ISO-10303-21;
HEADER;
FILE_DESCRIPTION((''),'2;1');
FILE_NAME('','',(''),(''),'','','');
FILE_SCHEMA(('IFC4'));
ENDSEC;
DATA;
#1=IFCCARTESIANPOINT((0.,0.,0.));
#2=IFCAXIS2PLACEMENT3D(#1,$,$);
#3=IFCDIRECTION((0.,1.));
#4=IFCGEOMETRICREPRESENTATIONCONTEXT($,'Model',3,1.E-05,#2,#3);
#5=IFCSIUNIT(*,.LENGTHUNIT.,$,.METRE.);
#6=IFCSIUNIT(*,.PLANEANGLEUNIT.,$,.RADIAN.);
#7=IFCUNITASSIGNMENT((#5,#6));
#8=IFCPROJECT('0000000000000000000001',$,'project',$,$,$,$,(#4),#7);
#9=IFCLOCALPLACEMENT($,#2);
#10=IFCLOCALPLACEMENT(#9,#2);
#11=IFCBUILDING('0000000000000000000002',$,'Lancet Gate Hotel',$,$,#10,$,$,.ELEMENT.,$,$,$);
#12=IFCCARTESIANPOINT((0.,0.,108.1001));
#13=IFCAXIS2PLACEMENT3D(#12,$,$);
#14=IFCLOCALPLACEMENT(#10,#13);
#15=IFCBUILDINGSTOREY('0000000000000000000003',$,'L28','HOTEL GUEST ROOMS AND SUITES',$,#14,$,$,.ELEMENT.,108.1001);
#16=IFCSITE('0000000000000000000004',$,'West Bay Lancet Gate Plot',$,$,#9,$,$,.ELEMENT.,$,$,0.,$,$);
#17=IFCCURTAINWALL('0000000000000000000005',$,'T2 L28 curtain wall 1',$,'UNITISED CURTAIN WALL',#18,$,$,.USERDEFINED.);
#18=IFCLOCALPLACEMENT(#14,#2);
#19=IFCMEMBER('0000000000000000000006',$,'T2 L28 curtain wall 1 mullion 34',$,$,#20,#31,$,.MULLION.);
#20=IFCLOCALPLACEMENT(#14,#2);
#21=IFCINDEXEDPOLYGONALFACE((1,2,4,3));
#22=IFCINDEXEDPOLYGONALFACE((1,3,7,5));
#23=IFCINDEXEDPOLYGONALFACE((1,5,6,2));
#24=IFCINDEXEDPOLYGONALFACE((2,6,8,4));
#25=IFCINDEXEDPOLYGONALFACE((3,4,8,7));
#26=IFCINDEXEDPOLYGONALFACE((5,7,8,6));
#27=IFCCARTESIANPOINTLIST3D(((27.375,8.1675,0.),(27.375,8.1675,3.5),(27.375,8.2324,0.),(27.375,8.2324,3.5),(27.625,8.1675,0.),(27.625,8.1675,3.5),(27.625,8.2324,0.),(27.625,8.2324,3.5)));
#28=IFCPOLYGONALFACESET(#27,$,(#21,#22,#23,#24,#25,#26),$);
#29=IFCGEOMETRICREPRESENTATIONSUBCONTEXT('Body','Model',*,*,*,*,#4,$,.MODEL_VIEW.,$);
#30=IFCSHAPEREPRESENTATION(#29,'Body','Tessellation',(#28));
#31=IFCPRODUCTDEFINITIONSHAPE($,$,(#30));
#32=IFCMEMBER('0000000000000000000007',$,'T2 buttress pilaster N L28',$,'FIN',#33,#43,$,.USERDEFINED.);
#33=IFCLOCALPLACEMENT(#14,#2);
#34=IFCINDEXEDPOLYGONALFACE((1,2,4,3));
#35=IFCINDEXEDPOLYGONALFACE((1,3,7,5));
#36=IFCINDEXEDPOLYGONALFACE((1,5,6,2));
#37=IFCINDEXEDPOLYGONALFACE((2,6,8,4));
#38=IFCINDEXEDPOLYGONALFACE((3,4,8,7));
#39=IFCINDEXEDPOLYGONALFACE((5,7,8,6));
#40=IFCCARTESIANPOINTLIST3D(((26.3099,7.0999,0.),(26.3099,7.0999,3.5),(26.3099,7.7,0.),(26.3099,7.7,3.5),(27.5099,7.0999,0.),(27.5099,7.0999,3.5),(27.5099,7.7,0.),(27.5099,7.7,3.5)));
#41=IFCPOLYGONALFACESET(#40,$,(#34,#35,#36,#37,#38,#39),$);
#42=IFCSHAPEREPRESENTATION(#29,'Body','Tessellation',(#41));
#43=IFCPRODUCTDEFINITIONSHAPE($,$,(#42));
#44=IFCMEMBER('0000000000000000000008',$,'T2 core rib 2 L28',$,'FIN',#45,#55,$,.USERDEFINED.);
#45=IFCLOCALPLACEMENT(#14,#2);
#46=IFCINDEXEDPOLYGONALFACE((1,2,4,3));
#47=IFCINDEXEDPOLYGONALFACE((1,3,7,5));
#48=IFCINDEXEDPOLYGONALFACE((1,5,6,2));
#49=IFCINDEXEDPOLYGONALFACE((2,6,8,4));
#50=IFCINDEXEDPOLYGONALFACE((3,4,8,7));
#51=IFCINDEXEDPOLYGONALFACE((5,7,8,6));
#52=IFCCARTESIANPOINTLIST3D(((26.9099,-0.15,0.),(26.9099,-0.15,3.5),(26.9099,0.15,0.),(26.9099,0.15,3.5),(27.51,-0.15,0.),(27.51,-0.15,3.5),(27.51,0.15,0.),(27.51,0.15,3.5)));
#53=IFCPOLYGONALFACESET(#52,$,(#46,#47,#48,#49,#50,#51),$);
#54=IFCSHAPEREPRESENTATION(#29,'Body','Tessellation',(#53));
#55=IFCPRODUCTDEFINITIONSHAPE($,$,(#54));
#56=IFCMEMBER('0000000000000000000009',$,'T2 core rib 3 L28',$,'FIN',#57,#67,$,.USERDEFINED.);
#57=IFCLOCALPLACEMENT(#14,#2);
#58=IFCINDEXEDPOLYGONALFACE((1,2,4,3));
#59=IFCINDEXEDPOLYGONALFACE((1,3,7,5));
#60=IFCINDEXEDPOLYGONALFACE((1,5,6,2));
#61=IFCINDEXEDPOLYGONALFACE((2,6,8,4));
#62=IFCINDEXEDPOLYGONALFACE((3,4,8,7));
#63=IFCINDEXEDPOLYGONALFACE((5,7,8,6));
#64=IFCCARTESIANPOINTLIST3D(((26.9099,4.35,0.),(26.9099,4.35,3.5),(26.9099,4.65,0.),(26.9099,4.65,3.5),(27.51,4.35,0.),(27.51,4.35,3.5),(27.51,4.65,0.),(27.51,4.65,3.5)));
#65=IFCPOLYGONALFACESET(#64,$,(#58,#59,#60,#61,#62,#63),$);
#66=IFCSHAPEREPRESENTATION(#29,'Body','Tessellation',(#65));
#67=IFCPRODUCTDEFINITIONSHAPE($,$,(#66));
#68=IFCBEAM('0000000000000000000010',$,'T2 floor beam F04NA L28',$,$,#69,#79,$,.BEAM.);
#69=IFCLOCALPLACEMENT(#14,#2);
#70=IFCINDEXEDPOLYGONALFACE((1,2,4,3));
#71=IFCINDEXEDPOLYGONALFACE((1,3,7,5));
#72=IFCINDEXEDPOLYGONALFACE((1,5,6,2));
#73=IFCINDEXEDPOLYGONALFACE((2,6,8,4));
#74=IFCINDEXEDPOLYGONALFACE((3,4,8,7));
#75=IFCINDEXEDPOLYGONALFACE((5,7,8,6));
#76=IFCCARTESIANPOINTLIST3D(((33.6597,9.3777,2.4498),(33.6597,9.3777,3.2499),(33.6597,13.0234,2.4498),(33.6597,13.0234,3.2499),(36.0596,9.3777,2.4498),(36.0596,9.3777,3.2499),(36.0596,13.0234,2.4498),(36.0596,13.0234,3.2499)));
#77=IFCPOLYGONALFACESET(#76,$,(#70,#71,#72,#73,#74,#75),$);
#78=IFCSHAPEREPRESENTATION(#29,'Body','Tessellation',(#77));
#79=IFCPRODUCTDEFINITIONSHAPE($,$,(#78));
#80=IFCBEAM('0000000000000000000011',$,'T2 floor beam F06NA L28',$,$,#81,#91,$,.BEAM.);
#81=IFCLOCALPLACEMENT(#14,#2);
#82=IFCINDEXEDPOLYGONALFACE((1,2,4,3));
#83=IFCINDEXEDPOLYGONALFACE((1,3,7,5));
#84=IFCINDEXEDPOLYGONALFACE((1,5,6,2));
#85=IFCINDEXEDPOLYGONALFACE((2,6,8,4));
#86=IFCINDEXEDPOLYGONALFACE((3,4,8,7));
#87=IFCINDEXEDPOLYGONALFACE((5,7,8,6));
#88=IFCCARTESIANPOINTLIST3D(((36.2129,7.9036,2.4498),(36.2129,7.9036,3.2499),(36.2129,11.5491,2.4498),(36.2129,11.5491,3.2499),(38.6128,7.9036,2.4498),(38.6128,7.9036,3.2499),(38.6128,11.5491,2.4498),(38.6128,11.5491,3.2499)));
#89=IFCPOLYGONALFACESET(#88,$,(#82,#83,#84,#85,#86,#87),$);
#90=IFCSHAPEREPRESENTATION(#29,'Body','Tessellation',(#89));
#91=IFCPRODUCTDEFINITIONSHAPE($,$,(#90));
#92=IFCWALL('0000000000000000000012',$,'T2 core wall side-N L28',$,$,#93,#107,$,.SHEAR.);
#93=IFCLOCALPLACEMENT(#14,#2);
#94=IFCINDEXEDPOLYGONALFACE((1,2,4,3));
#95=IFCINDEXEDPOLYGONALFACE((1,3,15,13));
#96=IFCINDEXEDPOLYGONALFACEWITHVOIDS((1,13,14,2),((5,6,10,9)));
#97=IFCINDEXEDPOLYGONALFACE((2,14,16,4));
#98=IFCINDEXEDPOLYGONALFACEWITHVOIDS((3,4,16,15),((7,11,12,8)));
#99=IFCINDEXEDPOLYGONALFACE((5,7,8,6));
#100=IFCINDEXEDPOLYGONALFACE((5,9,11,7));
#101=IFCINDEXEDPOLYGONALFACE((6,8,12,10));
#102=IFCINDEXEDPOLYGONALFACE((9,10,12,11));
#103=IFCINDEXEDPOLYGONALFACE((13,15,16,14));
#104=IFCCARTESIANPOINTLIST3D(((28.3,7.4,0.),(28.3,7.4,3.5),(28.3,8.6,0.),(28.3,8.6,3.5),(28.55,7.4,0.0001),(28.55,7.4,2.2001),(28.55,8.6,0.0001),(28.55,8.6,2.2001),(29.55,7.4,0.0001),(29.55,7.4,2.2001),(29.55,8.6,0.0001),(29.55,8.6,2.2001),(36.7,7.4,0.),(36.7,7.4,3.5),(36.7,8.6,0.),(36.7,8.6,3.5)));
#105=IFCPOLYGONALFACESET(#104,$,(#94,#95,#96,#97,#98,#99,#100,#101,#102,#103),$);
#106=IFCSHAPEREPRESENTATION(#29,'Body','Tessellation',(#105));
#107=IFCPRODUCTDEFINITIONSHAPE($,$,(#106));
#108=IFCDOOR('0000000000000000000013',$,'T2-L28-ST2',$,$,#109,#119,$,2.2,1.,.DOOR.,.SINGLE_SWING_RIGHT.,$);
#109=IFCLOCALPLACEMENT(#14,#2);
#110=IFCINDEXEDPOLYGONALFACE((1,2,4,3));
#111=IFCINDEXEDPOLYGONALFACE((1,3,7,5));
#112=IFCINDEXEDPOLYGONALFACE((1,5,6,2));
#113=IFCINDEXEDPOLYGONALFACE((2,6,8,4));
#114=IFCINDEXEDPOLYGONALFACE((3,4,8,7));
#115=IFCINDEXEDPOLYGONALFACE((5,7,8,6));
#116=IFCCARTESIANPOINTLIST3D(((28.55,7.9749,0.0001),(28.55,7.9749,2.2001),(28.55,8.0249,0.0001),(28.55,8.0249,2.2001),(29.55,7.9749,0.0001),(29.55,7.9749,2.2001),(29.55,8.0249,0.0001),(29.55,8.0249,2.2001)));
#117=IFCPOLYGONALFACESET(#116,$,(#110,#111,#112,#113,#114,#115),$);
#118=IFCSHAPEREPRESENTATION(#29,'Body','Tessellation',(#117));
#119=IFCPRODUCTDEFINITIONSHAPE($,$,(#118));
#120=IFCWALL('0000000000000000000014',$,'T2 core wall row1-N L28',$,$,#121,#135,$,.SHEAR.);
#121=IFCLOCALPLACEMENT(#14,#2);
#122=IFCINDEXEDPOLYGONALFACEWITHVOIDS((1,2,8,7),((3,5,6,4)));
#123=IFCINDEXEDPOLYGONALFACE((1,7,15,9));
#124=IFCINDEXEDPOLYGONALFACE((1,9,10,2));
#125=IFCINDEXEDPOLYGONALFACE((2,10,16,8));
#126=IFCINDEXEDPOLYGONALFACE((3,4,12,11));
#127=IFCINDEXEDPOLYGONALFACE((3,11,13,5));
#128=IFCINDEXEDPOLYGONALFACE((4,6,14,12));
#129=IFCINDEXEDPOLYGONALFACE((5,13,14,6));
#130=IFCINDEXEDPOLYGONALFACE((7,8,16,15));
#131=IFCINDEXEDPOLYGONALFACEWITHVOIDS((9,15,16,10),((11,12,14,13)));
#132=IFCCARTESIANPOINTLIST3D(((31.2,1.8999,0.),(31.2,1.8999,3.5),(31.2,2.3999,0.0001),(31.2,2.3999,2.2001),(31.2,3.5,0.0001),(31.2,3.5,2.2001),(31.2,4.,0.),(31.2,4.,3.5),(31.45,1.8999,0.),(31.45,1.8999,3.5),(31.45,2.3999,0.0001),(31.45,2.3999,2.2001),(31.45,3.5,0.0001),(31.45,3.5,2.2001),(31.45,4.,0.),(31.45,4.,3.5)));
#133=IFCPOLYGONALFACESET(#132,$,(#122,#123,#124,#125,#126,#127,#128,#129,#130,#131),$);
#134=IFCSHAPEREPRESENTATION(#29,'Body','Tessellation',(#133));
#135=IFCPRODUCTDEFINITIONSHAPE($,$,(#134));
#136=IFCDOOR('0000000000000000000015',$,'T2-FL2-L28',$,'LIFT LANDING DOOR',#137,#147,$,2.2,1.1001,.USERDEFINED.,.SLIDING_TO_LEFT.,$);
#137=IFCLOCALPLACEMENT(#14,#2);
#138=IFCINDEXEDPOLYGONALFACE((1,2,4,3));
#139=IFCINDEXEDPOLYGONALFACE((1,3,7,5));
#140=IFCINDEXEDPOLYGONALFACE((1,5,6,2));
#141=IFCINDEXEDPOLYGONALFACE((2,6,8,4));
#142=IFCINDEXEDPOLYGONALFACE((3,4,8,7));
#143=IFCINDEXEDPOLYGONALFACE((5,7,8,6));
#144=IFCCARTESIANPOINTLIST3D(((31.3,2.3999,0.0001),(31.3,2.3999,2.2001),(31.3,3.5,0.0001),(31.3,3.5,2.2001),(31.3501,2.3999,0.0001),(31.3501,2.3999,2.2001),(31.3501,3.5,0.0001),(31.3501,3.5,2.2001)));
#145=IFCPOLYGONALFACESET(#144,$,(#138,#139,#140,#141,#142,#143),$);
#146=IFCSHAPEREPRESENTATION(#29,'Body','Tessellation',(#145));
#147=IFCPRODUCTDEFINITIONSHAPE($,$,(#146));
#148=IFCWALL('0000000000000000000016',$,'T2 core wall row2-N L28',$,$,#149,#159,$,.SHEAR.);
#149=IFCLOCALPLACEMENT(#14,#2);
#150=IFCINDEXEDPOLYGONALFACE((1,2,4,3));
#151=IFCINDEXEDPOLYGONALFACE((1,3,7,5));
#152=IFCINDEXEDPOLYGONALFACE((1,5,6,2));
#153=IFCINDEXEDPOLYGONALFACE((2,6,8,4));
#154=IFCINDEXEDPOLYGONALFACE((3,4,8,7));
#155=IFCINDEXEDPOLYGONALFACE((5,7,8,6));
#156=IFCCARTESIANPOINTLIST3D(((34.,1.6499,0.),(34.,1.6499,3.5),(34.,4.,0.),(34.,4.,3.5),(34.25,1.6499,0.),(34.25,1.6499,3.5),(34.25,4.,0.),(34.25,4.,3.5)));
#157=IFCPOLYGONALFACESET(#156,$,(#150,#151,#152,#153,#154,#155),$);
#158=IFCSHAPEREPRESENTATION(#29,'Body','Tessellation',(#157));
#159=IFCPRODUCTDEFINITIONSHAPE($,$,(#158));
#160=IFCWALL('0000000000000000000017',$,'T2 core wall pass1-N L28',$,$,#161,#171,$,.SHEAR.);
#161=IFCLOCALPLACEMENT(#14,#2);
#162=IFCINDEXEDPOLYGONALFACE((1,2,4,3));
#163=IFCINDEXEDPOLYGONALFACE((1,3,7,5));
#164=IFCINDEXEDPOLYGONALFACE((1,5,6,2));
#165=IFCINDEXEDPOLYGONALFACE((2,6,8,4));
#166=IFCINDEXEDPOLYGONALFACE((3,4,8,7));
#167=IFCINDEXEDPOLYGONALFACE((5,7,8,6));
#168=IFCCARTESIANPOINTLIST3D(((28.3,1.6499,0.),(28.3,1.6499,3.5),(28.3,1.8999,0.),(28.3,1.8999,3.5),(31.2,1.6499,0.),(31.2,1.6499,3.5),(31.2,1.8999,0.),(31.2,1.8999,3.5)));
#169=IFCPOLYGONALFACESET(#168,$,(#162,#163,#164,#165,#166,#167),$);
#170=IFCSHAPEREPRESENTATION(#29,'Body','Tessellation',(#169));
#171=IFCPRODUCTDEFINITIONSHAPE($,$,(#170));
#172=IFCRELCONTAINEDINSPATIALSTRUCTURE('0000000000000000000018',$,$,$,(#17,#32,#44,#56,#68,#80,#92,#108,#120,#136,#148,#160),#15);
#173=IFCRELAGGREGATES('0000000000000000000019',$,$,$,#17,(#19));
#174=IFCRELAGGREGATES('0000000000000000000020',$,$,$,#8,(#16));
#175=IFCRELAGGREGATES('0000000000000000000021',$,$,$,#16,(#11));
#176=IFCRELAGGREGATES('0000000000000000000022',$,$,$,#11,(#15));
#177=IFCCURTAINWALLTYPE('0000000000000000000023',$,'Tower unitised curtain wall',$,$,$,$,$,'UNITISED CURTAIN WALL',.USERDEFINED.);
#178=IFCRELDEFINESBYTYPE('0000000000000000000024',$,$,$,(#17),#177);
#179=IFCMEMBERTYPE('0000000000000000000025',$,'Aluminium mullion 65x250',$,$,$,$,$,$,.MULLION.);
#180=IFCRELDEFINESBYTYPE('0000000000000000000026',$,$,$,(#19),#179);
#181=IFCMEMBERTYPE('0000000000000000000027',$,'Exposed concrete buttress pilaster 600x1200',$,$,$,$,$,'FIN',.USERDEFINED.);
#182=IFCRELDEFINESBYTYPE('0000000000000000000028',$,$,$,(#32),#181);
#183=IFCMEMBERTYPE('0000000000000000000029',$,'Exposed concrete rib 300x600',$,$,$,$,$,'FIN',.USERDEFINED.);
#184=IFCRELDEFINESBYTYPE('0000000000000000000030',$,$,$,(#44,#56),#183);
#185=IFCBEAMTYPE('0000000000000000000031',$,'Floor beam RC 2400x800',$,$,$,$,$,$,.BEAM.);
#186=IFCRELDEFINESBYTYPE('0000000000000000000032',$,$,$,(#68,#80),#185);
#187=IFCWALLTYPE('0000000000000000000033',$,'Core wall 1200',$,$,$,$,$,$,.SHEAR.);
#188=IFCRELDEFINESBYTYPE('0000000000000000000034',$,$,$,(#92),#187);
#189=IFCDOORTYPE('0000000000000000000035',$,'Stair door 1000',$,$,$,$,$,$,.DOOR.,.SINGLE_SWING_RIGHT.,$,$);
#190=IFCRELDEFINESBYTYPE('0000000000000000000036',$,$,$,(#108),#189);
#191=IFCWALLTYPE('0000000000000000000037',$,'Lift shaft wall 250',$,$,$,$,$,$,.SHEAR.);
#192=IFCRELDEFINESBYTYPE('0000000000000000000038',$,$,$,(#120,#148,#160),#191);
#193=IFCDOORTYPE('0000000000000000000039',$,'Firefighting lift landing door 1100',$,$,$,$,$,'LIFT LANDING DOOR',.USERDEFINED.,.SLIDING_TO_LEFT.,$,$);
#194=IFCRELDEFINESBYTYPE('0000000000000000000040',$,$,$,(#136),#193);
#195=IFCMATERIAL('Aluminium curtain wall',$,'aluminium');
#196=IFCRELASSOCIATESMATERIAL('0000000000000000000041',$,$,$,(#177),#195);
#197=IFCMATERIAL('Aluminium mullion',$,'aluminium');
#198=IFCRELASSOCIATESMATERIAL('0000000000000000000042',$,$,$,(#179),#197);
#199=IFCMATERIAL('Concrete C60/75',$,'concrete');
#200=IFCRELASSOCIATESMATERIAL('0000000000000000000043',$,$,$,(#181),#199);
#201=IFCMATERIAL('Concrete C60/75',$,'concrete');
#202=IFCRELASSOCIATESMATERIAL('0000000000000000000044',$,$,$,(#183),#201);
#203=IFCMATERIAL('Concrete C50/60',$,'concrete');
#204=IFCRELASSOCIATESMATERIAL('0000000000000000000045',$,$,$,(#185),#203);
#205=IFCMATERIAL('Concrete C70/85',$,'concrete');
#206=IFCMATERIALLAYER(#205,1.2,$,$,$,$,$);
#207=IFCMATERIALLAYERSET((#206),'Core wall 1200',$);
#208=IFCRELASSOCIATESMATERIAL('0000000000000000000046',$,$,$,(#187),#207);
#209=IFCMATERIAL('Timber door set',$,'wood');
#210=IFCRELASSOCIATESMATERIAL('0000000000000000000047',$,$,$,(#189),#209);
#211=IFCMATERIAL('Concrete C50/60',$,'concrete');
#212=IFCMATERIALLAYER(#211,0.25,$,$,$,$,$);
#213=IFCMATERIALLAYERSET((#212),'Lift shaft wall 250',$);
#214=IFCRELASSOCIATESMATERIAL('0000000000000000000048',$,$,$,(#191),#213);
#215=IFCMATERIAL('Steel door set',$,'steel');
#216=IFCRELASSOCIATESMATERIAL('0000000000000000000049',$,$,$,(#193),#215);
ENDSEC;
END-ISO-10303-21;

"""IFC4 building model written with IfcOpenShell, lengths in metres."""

from ifc_helpers import new_model, si_unit, direction, frame, frame_2d, origin, origin_2d, place, context, subcontext, project, spatial, rectangle, extrude, material, layer, layer_set, material_profile, profile_set, type_object, element, fill, aggregate, save


model = new_model("IFC4")

# Units and contexts
model_context = context("Model", 3, precision=1e-05, world=origin(), true_north=direction((0.0, 1.0)))
body_context = subcontext(model_context, "Body", "Model", "MODEL_VIEW")
ifc_project = project(units=[si_unit("LENGTHUNIT", "METRE"), si_unit("PLANEANGLEUNIT", "RADIAN")], contexts=[model_context])

# Site, building, storey
site_placement = place(None, origin())
site = spatial("IfcSite", under=ifc_project, at=site_placement, Name="West Bay Lancet Gate Plot", CompositionType="ELEMENT", RefElevation=0.0)
building_placement = place(site_placement, origin())
building = spatial("IfcBuilding", under=site, at=building_placement, Name="Lancet Gate Hotel", CompositionType="ELEMENT")
storey_placement = place(building_placement, frame((0.0, 0.0, 108.1001)))
storey = spatial("IfcBuildingStorey", under=building, at=storey_placement, Name="L28", Description="HOTEL GUEST ROOMS AND SUITES", CompositionType="ELEMENT", Elevation=108.1001)

# Curtain wall, member
ifc_material_1 = material(Name="Aluminium curtain wall", Category="aluminium")
curtain_wall_type = type_object("IfcCurtainWallType", Name="Tower unitised curtain wall", ElementType="UNITISED CURTAIN WALL", PredefinedType="USERDEFINED", material=ifc_material_1)
curtain_wall_placement = place(storey_placement, origin())
curtain_wall = element("IfcCurtainWall", 1, at=curtain_wall_placement, inside=storey, type_object=curtain_wall_type, Name="T2 L28 curtain wall 1", ObjectType="UNITISED CURTAIN WALL", PredefinedType="USERDEFINED")
ifc_material_2 = material(Name="Aluminium mullion", Category="aluminium")
ifc_material_profile_1 = material_profile(ifc_material_2, rectangle(XDim=0.0649, YDim=0.25, at=origin_2d()), Name="MULLION 65x250")
ifc_profile_set_1 = profile_set([ifc_material_profile_1], Name="Aluminium mullion")
member_type_1 = type_object("IfcMemberType", Name="Aluminium mullion 65x250", PredefinedType="MULLION", material=ifc_profile_set_1)
member_1_placement = place(storey_placement, frame((27.5, 8.2, 0.0), z_axis=(0.0, 0.0, 1.0), x_axis=(0.0, -1.0, 0.0)))
member_1 = element("IfcMember", 2, at=member_1_placement, type_object=member_type_1, Name="T2 L28 curtain wall 1 mullion 34", PredefinedType="MULLION", context=body_context, shape_type="SweptSolid", body=[
    extrude(rectangle(XDim=0.0649, YDim=0.25, at=origin_2d()), origin(), (0.0, 0.0, 1.0), 3.5),
])
aggregate(curtain_wall, [member_1])

# Members
ifc_material_3 = material(Name="Concrete C60/75", Category="concrete")
ifc_material_profile_2 = material_profile(ifc_material_3, rectangle(XDim=0.6001, YDim=1.2, at=origin_2d()), Name="FIN 600x1200")
ifc_profile_set_2 = profile_set([ifc_material_profile_2], Name="Concrete C60/75")
member_type_2 = type_object("IfcMemberType", Name="Exposed concrete buttress pilaster 600x1200", ElementType="FIN", PredefinedType="USERDEFINED", material=ifc_profile_set_2)
member_2_placement = place(storey_placement, frame((26.9099, 7.3999, 0.0), z_axis=(0.0, 0.0, 1.0), x_axis=(0.0, 1.0, 0.0)))
element("IfcMember", 3, at=member_2_placement, inside=storey, type_object=member_type_2, Name="T2 buttress pilaster N L28", ObjectType="FIN", PredefinedType="USERDEFINED", context=body_context, shape_type="SweptSolid", body=[
    extrude(rectangle(XDim=0.6001, YDim=1.2, at=origin_2d()), origin(), (0.0, 0.0, 1.0), 3.5),
])
ifc_material_4 = material(Name="Concrete C60/75", Category="concrete")
ifc_material_profile_3 = material_profile(ifc_material_4, rectangle(XDim=0.3, YDim=0.6001, at=origin_2d()), Name="FIN 300x600")
ifc_profile_set_3 = profile_set([ifc_material_profile_3], Name="Concrete C60/75")
member_type_3 = type_object("IfcMemberType", Name="Exposed concrete rib 300x600", ElementType="FIN", PredefinedType="USERDEFINED", material=ifc_profile_set_3)
for number, where, z_axis, x_axis, name in (
    (4, (27.21, 0.0, 0.0), (0.0, 0.0, 1.0), (0.0, 1.0, 0.0), "T2 core rib 2 L28"),
    (5, (27.21, 4.5, 0.0), (0.0, 0.0, 1.0), (0.0, 1.0, 0.0), "T2 core rib 3 L28"),
):
    element("IfcMember", number, at=place(storey_placement, frame(where, z_axis=z_axis, x_axis=x_axis)), inside=storey, type_object=member_type_3, Name=name, ObjectType="FIN", PredefinedType="USERDEFINED", context=body_context, shape_type="SweptSolid", body=[
        extrude(rectangle(XDim=0.3, YDim=0.6001, at=origin_2d()), origin(), (0.0, 0.0, 1.0), 3.5),
    ])

# Beams
ifc_material_5 = material(Name="Concrete C50/60", Category="concrete")
ifc_material_profile_4 = material_profile(ifc_material_5, rectangle(XDim=2.3999, YDim=0.8, at=origin_2d()), Name="RC 2400x800")
ifc_profile_set_4 = profile_set([ifc_material_profile_4], Name="Concrete C50/60")
beam_type = type_object("IfcBeamType", Name="Floor beam RC 2400x800", PredefinedType="BEAM", material=ifc_profile_set_4)
beam_1_placement = place(storey_placement, frame((34.8596, 9.3777, 2.8499), z_axis=(0.0, 1.0, 0.0), x_axis=(-1.0, 0.0, 0.0)))
element("IfcBeam", 6, at=beam_1_placement, inside=storey, type_object=beam_type, Name="T2 floor beam F04NA L28", PredefinedType="BEAM", context=body_context, shape_type="SweptSolid", body=[
    extrude(rectangle(XDim=2.3999, YDim=0.8, at=origin_2d()), origin(), (0.0, 0.0, 1.0), 3.6458),
])
beam_2_placement = place(storey_placement, frame((37.4128, 7.9036, 2.8499), z_axis=(0.0, 1.0, 0.0), x_axis=(-1.0, 0.0, 0.0)))
element("IfcBeam", 7, at=beam_2_placement, inside=storey, type_object=beam_type, Name="T2 floor beam F06NA L28", PredefinedType="BEAM", context=body_context, shape_type="SweptSolid", body=[
    extrude(rectangle(XDim=2.3999, YDim=0.8, at=origin_2d()), origin(), (0.0, 0.0, 1.0), 3.6455),
])

# Walls, openings, doors
ifc_material_6 = material(Name="Concrete C70/85", Category="concrete")
ifc_layer_1 = layer(ifc_material_6, 1.2)
ifc_layer_set_1 = layer_set([ifc_layer_1], Name="Core wall 1200")
wall_type_1 = type_object("IfcWallType", Name="Core wall 1200", PredefinedType="SHEAR", material=ifc_layer_set_1)
wall_1_placement = place(storey_placement, frame((28.3, 8.0, 0.0), z_axis=(0.0, 0.0, 1.0), x_axis=(1.0, 0.0, 0.0)))
wall_1 = element("IfcWall", 8, at=wall_1_placement, inside=storey, type_object=wall_type_1, Name="T2 core wall side-N L28", PredefinedType="SHEAR", context=body_context, shape_type="SweptSolid", body=[
    extrude(rectangle(XDim=8.3999, YDim=1.2, at=frame_2d((4.2, 0.0))), origin(), (0.0, 0.0, 1.0), 3.5),
])
opening_1_placement = place(wall_1_placement, frame((0.25, 0.0, 0.0)))
opening_1 = element("IfcOpeningElement", 9, at=opening_1_placement, cuts=wall_1, PredefinedType="OPENING", context=body_context, shape_type="SweptSolid", body=[
    extrude(rectangle(XDim=1.0, YDim=2.2, at=frame_2d((0.5, 1.1001))), frame((0.0, 0.6099, 0.0), z_axis=(0.0, -1.0, 0.0), x_axis=(1.0, 0.0, 0.0)), (0.0, 0.0, 1.0), 1.22),
])
ifc_material_7 = material(Name="Timber door set", Category="wood")
door_type_1 = type_object("IfcDoorType", Name="Stair door 1000", OperationType="SINGLE_SWING_RIGHT", PredefinedType="DOOR", material=ifc_material_7)
door_1_placement = place(opening_1_placement, origin())
door_1 = element("IfcDoor", 10, at=door_1_placement, inside=storey, type_object=door_type_1, Name="T2-L28-ST2", OperationType="SINGLE_SWING_RIGHT", OverallHeight=2.2, OverallWidth=1.0, PredefinedType="DOOR", context=body_context, shape_type="SweptSolid", body=[
    extrude(rectangle(XDim=1.0, YDim=2.2, at=frame_2d((0.5, 1.1001))), frame((0.0, 0.0249, 0.0), z_axis=(0.0, -1.0, 0.0), x_axis=(1.0, 0.0, 0.0)), (0.0, 0.0, 1.0), 0.05),
])
fill(opening_1, door_1)
ifc_material_8 = material(Name="Concrete C50/60", Category="concrete")
ifc_layer_2 = layer(ifc_material_8, 0.25)
ifc_layer_set_2 = layer_set([ifc_layer_2], Name="Lift shaft wall 250")
wall_type_2 = type_object("IfcWallType", Name="Lift shaft wall 250", PredefinedType="SHEAR", material=ifc_layer_set_2)
wall_2_placement = place(storey_placement, frame((31.325, 1.8999, 0.0), z_axis=(0.0, 0.0, 1.0), x_axis=(0.0, 1.0, 0.0)))
wall_2 = element("IfcWall", 11, at=wall_2_placement, inside=storey, type_object=wall_type_2, Name="T2 core wall row1-N L28", PredefinedType="SHEAR", context=body_context, shape_type="SweptSolid", body=[
    extrude(rectangle(XDim=2.1001, YDim=0.25, at=frame_2d((1.05, 0.0))), origin(), (0.0, 0.0, 1.0), 3.5),
])
opening_2_placement = place(wall_2_placement, frame((0.5, 0.0, 0.0)))
opening_2 = element("IfcOpeningElement", 12, at=opening_2_placement, cuts=wall_2, PredefinedType="OPENING", context=body_context, shape_type="SweptSolid", body=[
    extrude(rectangle(XDim=1.1001, YDim=2.2, at=frame_2d((0.55, 1.1001))), frame((0.0, 0.135, 0.0), z_axis=(0.0, -1.0, 0.0), x_axis=(1.0, 0.0, 0.0)), (0.0, 0.0, 1.0), 0.27),
])
ifc_material_9 = material(Name="Steel door set", Category="steel")
door_type_2 = type_object("IfcDoorType", Name="Firefighting lift landing door 1100", ElementType="LIFT LANDING DOOR", OperationType="SLIDING_TO_LEFT", PredefinedType="USERDEFINED", material=ifc_material_9)
door_2_placement = place(opening_2_placement, origin())
door_2 = element("IfcDoor", 13, at=door_2_placement, inside=storey, type_object=door_type_2, Name="T2-FL2-L28", ObjectType="LIFT LANDING DOOR", OperationType="SLIDING_TO_LEFT", OverallHeight=2.2, OverallWidth=1.1001, PredefinedType="USERDEFINED", context=body_context, shape_type="SweptSolid", body=[
    extrude(rectangle(XDim=1.1001, YDim=2.2, at=frame_2d((0.55, 1.1001))), frame((0.0, 0.0249, 0.0), z_axis=(0.0, -1.0, 0.0), x_axis=(1.0, 0.0, 0.0)), (0.0, 0.0, 1.0), 0.05),
])
fill(opening_2, door_2)

# Walls
wall_3_placement = place(storey_placement, frame((34.125, 1.6499, 0.0), z_axis=(0.0, 0.0, 1.0), x_axis=(0.0, 1.0, 0.0)))
element("IfcWall", 14, at=wall_3_placement, inside=storey, type_object=wall_type_2, Name="T2 core wall row2-N L28", PredefinedType="SHEAR", context=body_context, shape_type="SweptSolid", body=[
    extrude(rectangle(XDim=2.3501, YDim=0.25, at=frame_2d((1.175, 0.0))), origin(), (0.0, 0.0, 1.0), 3.5),
])
wall_4_placement = place(storey_placement, frame((28.3, 1.7749, 0.0), z_axis=(0.0, 0.0, 1.0), x_axis=(1.0, 0.0, 0.0)))
element("IfcWall", 15, at=wall_4_placement, inside=storey, type_object=wall_type_2, Name="T2 core wall pass1-N L28", PredefinedType="SHEAR", context=body_context, shape_type="SweptSolid", body=[
    extrude(rectangle(XDim=2.8999, YDim=0.25, at=frame_2d((1.45, 0.0))), origin(), (0.0, 0.0, 1.0), 3.5),
])

save(model, "model.ifc")
